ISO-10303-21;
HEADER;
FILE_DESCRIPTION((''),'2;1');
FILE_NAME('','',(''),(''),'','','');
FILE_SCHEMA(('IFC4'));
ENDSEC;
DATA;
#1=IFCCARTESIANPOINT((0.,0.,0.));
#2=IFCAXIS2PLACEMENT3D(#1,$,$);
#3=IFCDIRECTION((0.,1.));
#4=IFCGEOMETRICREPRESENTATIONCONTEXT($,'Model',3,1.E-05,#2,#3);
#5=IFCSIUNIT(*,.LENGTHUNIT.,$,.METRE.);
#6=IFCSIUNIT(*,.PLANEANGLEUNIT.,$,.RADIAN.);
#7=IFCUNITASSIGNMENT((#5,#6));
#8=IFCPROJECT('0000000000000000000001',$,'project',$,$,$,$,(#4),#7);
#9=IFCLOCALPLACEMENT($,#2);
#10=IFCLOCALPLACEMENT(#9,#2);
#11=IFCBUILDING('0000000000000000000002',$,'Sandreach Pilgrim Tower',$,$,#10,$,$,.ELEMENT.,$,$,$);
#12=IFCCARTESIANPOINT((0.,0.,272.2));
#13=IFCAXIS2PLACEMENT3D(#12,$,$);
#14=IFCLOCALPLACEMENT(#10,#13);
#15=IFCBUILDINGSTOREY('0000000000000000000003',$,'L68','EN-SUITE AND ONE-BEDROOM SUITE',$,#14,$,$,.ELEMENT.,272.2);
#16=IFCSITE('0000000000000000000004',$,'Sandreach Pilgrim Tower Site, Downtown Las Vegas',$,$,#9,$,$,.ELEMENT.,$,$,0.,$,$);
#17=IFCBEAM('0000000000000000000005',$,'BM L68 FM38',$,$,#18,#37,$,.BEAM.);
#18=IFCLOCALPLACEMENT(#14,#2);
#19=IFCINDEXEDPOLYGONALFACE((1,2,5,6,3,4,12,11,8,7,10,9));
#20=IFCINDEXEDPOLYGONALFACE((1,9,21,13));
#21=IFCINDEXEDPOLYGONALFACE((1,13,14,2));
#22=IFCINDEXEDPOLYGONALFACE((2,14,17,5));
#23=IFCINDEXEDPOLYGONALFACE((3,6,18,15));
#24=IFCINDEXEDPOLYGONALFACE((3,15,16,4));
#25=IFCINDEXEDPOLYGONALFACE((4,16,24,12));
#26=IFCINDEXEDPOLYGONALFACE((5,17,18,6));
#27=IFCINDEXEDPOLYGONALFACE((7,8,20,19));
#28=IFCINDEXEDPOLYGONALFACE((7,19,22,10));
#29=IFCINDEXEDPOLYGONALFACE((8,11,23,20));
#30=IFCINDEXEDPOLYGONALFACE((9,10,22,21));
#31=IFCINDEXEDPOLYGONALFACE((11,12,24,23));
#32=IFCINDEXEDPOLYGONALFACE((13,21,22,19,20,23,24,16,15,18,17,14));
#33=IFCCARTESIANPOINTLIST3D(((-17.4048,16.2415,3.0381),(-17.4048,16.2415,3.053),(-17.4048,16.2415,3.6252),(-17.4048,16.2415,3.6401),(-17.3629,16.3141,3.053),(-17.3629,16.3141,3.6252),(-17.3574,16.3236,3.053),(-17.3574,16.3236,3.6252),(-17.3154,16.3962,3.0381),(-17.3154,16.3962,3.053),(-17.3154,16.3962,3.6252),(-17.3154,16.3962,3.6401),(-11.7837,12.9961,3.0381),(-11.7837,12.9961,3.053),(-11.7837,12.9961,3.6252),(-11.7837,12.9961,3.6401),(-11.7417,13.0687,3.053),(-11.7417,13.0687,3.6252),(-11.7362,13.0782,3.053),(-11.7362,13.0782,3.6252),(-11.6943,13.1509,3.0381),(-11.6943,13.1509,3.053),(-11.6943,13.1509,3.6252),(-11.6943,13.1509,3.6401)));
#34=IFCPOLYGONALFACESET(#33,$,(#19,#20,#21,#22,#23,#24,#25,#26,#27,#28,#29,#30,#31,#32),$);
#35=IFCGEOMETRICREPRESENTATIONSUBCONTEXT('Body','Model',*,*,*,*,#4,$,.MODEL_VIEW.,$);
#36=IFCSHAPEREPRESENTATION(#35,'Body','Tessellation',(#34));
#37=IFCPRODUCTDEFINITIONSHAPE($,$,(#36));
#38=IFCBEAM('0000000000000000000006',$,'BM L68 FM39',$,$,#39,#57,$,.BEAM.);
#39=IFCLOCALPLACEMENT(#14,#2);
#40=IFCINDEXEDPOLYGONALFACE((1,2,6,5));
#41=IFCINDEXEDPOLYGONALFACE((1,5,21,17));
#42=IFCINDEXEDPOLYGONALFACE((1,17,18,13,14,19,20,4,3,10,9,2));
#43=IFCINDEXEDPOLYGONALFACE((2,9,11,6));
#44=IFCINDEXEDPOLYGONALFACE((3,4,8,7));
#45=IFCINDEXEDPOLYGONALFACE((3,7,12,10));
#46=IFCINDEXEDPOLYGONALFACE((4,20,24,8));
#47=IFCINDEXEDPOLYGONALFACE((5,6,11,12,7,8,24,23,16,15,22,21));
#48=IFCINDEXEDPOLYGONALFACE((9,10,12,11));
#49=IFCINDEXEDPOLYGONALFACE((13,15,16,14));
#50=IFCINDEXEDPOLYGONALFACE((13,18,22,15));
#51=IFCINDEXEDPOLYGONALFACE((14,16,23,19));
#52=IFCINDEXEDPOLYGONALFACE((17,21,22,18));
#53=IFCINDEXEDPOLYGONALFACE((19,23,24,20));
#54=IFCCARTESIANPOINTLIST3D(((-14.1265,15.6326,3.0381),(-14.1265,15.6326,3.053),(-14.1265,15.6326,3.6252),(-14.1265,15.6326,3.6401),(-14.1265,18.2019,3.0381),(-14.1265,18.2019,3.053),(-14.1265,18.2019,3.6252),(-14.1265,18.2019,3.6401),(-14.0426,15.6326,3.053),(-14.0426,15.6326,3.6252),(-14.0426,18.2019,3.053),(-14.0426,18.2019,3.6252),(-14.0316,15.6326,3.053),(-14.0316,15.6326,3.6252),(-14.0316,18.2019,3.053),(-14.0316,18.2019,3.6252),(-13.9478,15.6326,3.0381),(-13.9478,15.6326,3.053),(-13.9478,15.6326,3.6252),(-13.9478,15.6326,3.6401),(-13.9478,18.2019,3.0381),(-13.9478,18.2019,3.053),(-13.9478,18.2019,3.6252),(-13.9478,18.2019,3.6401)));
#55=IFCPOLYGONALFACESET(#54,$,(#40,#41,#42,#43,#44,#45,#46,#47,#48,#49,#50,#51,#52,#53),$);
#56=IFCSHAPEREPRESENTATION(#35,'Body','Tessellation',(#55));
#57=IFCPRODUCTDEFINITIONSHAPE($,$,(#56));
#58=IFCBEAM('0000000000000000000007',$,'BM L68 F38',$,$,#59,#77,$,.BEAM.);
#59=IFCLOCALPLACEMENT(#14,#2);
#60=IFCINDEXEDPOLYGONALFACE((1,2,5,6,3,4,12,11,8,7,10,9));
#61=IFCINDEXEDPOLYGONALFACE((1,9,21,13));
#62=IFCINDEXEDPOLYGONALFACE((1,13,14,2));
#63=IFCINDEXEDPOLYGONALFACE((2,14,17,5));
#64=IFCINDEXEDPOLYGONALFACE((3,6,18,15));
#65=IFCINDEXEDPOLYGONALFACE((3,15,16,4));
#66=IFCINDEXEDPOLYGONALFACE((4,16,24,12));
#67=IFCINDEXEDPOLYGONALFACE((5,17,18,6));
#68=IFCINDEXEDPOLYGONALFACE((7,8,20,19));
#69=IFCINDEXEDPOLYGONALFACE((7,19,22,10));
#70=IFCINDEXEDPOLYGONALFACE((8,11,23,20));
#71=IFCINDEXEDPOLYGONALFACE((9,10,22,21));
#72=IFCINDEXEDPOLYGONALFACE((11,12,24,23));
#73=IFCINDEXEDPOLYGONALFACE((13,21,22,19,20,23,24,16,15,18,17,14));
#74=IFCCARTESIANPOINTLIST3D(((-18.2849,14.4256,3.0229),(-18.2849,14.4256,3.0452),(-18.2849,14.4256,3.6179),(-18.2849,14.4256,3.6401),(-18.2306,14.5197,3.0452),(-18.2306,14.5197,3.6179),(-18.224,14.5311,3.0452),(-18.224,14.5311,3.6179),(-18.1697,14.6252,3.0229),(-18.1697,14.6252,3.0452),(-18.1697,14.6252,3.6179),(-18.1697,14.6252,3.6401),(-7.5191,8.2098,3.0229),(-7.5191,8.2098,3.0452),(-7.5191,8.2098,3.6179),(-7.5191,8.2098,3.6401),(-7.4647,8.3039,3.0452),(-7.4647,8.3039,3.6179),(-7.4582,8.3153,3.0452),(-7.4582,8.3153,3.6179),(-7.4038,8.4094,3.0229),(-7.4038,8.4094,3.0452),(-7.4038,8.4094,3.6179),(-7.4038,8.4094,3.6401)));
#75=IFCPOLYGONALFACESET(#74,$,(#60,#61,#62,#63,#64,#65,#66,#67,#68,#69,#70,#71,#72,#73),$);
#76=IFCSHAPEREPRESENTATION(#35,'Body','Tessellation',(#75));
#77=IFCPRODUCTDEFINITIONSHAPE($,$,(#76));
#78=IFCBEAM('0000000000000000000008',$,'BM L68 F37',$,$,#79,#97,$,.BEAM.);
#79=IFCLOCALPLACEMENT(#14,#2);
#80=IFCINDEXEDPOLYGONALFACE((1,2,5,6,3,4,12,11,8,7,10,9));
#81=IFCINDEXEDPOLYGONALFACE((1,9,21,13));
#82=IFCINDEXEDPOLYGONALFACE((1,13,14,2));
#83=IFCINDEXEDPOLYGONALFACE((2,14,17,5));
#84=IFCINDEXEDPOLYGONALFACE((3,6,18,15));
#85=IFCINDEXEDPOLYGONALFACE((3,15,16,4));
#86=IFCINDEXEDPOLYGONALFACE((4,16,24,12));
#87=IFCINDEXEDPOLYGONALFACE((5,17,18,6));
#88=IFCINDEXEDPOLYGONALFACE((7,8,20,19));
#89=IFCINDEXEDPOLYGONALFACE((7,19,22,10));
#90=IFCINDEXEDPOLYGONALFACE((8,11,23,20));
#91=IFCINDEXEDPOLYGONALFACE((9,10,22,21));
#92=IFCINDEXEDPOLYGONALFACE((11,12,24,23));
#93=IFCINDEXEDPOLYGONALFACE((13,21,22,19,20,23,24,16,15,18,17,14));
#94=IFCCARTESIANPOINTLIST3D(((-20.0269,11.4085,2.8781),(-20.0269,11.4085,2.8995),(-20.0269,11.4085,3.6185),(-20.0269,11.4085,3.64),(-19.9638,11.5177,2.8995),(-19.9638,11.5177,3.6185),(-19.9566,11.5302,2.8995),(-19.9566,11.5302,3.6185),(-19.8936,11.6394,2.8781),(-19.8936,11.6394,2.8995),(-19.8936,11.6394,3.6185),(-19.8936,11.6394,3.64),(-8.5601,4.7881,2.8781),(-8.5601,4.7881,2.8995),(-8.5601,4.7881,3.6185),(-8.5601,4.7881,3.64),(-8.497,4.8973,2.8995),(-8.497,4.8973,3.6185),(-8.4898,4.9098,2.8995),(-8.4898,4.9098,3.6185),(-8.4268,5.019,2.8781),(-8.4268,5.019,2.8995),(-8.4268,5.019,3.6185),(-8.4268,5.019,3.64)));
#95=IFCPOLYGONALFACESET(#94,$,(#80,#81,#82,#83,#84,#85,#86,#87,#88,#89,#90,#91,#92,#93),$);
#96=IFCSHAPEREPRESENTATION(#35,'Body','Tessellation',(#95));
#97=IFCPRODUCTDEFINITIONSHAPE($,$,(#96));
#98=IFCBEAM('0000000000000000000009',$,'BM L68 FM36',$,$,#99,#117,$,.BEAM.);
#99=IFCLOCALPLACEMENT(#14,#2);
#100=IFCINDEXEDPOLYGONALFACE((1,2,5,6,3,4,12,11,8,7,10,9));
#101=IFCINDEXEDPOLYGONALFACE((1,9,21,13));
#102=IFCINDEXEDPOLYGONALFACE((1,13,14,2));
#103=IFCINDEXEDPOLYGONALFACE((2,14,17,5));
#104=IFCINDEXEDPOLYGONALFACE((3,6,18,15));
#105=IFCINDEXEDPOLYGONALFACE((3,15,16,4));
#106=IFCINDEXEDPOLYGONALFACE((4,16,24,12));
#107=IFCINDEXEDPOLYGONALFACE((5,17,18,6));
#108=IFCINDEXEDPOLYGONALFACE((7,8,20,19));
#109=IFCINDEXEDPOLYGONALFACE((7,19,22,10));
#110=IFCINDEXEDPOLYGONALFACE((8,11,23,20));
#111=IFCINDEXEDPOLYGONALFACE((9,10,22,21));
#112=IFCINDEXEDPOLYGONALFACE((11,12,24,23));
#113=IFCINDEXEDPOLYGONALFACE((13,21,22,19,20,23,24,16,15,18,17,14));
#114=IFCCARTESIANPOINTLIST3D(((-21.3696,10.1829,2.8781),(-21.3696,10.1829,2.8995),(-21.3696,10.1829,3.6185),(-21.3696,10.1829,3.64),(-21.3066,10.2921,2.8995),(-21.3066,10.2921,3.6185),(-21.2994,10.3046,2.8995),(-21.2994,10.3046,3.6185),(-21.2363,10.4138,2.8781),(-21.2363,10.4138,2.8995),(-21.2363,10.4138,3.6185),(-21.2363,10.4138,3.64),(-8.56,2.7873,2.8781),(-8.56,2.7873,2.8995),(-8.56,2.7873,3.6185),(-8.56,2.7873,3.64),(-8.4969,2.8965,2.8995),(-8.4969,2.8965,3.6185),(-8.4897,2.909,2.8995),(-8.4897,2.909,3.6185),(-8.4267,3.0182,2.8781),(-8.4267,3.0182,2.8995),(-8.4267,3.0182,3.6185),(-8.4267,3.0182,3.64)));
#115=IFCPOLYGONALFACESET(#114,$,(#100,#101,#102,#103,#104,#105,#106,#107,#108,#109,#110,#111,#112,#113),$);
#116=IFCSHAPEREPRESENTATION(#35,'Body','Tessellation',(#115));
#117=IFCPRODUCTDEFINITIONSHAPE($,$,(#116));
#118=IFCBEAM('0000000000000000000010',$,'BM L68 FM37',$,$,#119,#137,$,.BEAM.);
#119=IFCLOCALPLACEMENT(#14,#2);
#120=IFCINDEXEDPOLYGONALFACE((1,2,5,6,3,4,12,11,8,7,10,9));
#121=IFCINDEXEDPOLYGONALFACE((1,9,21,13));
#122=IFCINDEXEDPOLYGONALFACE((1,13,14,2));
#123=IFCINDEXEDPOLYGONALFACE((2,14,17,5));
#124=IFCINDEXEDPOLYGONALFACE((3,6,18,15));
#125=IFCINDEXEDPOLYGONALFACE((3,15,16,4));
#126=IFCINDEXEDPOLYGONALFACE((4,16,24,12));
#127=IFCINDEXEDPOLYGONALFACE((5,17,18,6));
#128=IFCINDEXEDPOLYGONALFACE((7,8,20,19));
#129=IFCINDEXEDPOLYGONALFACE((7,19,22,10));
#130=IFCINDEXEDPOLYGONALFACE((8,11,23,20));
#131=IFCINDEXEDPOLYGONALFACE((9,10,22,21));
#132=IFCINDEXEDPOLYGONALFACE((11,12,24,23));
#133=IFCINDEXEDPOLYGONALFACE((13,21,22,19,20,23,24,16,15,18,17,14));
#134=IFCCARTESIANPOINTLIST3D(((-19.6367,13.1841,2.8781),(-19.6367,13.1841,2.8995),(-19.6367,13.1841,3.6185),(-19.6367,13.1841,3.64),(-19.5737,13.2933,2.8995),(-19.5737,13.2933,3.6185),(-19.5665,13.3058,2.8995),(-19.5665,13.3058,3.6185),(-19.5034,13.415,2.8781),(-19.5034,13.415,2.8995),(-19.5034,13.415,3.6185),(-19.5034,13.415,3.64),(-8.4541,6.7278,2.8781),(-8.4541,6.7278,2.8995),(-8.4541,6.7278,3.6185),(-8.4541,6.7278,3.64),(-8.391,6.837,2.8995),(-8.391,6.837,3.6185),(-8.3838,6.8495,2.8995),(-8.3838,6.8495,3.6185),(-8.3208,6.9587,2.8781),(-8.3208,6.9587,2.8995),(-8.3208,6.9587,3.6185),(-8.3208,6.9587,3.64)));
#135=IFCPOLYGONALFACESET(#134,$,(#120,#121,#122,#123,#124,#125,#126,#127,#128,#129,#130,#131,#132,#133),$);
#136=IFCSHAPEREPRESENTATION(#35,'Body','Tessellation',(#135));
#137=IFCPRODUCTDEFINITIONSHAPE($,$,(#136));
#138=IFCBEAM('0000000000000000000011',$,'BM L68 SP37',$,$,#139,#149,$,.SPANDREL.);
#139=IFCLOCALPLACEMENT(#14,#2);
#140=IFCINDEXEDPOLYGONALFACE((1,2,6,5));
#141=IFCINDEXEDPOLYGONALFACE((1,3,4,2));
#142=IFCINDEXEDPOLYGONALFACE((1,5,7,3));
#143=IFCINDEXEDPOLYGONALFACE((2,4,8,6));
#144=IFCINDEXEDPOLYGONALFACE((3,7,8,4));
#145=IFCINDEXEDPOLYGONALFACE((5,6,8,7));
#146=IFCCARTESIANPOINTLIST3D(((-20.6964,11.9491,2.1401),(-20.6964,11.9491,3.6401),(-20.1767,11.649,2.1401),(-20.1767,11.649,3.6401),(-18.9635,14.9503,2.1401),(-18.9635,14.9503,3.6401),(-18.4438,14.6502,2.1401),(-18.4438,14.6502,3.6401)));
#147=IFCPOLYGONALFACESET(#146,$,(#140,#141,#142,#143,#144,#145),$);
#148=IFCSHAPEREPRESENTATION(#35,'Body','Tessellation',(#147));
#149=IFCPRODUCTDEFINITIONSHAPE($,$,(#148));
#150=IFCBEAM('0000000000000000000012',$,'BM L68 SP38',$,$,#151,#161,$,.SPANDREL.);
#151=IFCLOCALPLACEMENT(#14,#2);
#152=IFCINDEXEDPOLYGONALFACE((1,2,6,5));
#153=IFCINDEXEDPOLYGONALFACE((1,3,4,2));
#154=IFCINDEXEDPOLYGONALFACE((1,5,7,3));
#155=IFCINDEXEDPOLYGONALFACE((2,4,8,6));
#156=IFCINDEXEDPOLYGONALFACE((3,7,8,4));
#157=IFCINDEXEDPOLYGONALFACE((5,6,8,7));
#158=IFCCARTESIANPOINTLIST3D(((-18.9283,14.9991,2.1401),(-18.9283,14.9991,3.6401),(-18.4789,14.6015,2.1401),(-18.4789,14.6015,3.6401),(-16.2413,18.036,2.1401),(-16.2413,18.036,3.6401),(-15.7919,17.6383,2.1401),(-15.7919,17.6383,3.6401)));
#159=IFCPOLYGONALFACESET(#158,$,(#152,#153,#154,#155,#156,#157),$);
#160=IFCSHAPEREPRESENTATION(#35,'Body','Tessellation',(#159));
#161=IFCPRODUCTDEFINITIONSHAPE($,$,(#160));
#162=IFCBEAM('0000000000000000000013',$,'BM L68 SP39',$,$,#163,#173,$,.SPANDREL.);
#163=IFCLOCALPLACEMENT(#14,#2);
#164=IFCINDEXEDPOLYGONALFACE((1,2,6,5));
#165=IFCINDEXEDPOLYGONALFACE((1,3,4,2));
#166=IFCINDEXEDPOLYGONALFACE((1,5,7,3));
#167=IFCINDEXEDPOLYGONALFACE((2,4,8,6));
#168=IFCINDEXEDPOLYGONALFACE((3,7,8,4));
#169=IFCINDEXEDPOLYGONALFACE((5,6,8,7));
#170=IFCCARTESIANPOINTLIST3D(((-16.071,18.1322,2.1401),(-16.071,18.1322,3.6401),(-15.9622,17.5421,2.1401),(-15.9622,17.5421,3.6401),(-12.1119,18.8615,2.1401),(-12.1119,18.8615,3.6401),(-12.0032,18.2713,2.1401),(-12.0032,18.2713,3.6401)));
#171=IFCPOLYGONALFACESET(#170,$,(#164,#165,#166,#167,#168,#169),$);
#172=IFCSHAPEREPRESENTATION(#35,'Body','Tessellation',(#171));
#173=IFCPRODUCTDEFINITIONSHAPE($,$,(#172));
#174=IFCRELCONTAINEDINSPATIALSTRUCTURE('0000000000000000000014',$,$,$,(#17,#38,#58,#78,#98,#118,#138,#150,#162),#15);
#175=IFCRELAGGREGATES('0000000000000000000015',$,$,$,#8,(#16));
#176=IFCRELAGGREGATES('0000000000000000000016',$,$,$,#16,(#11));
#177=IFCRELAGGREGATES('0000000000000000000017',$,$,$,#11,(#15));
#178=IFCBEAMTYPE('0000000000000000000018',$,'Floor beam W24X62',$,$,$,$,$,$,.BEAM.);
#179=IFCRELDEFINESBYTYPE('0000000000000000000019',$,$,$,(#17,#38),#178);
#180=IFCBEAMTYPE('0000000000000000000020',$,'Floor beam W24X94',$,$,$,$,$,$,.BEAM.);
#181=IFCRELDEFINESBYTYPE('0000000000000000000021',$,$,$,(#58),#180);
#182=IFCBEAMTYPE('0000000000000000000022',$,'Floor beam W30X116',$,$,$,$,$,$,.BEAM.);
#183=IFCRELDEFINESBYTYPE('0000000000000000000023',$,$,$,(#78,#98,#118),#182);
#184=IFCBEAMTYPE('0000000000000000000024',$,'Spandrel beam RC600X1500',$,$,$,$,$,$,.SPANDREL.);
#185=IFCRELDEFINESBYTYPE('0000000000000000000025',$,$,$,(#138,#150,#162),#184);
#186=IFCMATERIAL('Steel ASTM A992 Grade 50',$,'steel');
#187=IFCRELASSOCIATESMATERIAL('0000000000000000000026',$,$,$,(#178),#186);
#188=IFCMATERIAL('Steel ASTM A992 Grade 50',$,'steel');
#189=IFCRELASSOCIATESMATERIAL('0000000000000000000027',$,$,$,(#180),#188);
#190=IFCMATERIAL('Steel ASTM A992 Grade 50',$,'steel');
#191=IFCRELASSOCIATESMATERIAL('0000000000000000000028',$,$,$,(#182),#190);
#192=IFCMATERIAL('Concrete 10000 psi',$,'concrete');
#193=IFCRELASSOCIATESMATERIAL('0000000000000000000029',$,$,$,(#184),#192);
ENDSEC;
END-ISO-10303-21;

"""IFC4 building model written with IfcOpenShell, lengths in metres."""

from ifc_helpers import new_model, si_unit, direction, frame, origin, origin_2d, place, context, subcontext, project, spatial, rectangle, i_section, extrude, material, material_profile, profile_set, type_object, element, save


model = new_model("IFC4")

# Units and contexts
model_context = context("Model", 3, precision=1e-05, world=origin(), true_north=direction((0.0, 1.0)))
body_context = subcontext(model_context, "Body", "Model", "MODEL_VIEW")
ifc_project = project(units=[si_unit("LENGTHUNIT", "METRE"), si_unit("PLANEANGLEUNIT", "RADIAN")], contexts=[model_context])

# Site, building, storey
site_placement = place(None, origin())
site = spatial("IfcSite", under=ifc_project, at=site_placement, Name="Sandreach Pilgrim Tower Site, Downtown Las Vegas", CompositionType="ELEMENT", RefElevation=0.0)
building_placement = place(site_placement, origin())
building = spatial("IfcBuilding", under=site, at=building_placement, Name="Sandreach Pilgrim Tower", CompositionType="ELEMENT")
storey_placement = place(building_placement, frame((0.0, 0.0, 272.2)))
storey = spatial("IfcBuildingStorey", under=building, at=storey_placement, Name="L68", Description="EN-SUITE AND ONE-BEDROOM SUITE", CompositionType="ELEMENT", Elevation=272.2)

# Beams
ifc_material_1 = material(Name="Steel ASTM A992 Grade 50", Category="steel")
ifc_material_profile_1 = material_profile(ifc_material_1, i_section(OverallWidth=0.1787, OverallDepth=0.6021, WebThickness=0.011, FlangeThickness=0.0149, at=origin_2d()), Name="W24X62")
ifc_profile_set_1 = profile_set([ifc_material_profile_1], Name="Steel ASTM A992 Grade 50")
beam_type_1 = type_object("IfcBeamType", Name="Floor beam W24X62", PredefinedType="BEAM", material=ifc_profile_set_1)
beam_1_placement = place(storey_placement, frame((-17.3601, 16.3188, 3.3391), z_axis=(0.866024, -0.500002, 0.0), x_axis=(0.500002, 0.866024, 0.0)))
element("IfcBeam", 1, at=beam_1_placement, inside=storey, type_object=beam_type_1, Name="BM L68 FM38", PredefinedType="BEAM", context=body_context, shape_type="SweptSolid", body=[
    extrude(i_section(OverallWidth=0.1787, OverallDepth=0.6021, WebThickness=0.011, FlangeThickness=0.0149, at=origin_2d()), origin(), (0.0, 0.0, 1.0), 6.4907),
])
beam_2_placement = place(storey_placement, frame((-14.0371, 18.2019, 3.3391), z_axis=(0.0, -1.0, 0.0), x_axis=(1.0, 0.0, 0.0)))
element("IfcBeam", 2, at=beam_2_placement, inside=storey, type_object=beam_type_1, Name="BM L68 FM39", PredefinedType="BEAM", context=body_context, shape_type="SweptSolid", body=[
    extrude(i_section(OverallWidth=0.1787, OverallDepth=0.6021, WebThickness=0.011, FlangeThickness=0.0149, at=origin_2d()), origin(), (0.0, 0.0, 1.0), 2.5693),
])
ifc_material_2 = material(Name="Steel ASTM A992 Grade 50", Category="steel")
ifc_material_profile_2 = material_profile(ifc_material_2, i_section(OverallWidth=0.2305, OverallDepth=0.6172, WebThickness=0.0132, FlangeThickness=0.0222, at=origin_2d()), Name="W24X94")
ifc_profile_set_2 = profile_set([ifc_material_profile_2], Name="Steel ASTM A992 Grade 50")
beam_type_2 = type_object("IfcBeamType", Name="Floor beam W24X94", PredefinedType="BEAM", material=ifc_profile_set_2)
beam_3_placement = place(storey_placement, frame((-18.2273, 14.5254, 3.3315), z_axis=(0.86602, -0.500009, 0.0), x_axis=(0.500009, 0.86602, 0.0)))
element("IfcBeam", 3, at=beam_3_placement, inside=storey, type_object=beam_type_2, Name="BM L68 F38", PredefinedType="BEAM", context=body_context, shape_type="SweptSolid", body=[
    extrude(i_section(OverallWidth=0.2305, OverallDepth=0.6172, WebThickness=0.0132, FlangeThickness=0.0222, at=origin_2d()), origin(), (0.0, 0.0, 1.0), 12.4314),
])
ifc_material_3 = material(Name="Steel ASTM A992 Grade 50", Category="steel")
ifc_material_profile_3 = material_profile(ifc_material_3, i_section(OverallWidth=0.2666, OverallDepth=0.762, WebThickness=0.0144, FlangeThickness=0.0215, at=origin_2d()), Name="W30X116")
ifc_profile_set_3 = profile_set([ifc_material_profile_3], Name="Steel ASTM A992 Grade 50")
beam_type_3 = type_object("IfcBeamType", Name="Floor beam W30X116", PredefinedType="BEAM", material=ifc_profile_set_3)
beam_4_placement = place(storey_placement, frame((-19.9602, 11.5239, 3.259), z_axis=(0.866025, -0.5, 0.0), x_axis=(0.5, 0.866025, 0.0)))
element("IfcBeam", 4, at=beam_4_placement, inside=storey, type_object=beam_type_3, Name="BM L68 F37", PredefinedType="BEAM", context=body_context, shape_type="SweptSolid", body=[
    extrude(i_section(OverallWidth=0.2666, OverallDepth=0.762, WebThickness=0.0144, FlangeThickness=0.0215, at=origin_2d()), origin(), (0.0, 0.0, 1.0), 13.2407),
])
beam_5_placement = place(storey_placement, frame((-21.303, 10.2983, 3.259), z_axis=(0.866028, -0.499995, 0.0), x_axis=(0.499995, 0.866028, 0.0)))
element("IfcBeam", 5, at=beam_5_placement, inside=storey, type_object=beam_type_3, Name="BM L68 FM36", PredefinedType="BEAM", context=body_context, shape_type="SweptSolid", body=[
    extrude(i_section(OverallWidth=0.2666, OverallDepth=0.762, WebThickness=0.0144, FlangeThickness=0.0215, at=origin_2d()), origin(), (0.0, 0.0, 1.0), 14.7913),
])
beam_6_placement = place(storey_placement, frame((-19.5701, 13.2996, 3.259), z_axis=(0.866025, -0.500001, 0.0), x_axis=(0.500001, 0.866025, 0.0)))
element("IfcBeam", 6, at=beam_6_placement, inside=storey, type_object=beam_type_3, Name="BM L68 FM37", PredefinedType="BEAM", context=body_context, shape_type="SweptSolid", body=[
    extrude(i_section(OverallWidth=0.2666, OverallDepth=0.762, WebThickness=0.0144, FlangeThickness=0.0215, at=origin_2d()), origin(), (0.0, 0.0, 1.0), 12.9126),
])
ifc_material_4 = material(Name="Concrete 10000 psi", Category="concrete")
ifc_material_profile_4 = material_profile(ifc_material_4, rectangle(XDim=0.6001, YDim=1.5, at=origin_2d()), Name="RC600X1500")
ifc_profile_set_4 = profile_set([ifc_material_profile_4], Name="Concrete 10000 psi")
beam_type_4 = type_object("IfcBeamType", Name="Spandrel beam RC600X1500", PredefinedType="SPANDREL", material=ifc_profile_set_4)
beam_7_placement = place(storey_placement, frame((-20.4365, 11.7991, 2.8901), z_axis=(0.500033, 0.866006, 0.0), x_axis=(-0.866006, 0.500033, 0.0)))
element("IfcBeam", 7, at=beam_7_placement, inside=storey, type_object=beam_type_4, Name="BM L68 SP37", PredefinedType="SPANDREL", context=body_context, shape_type="SweptSolid", body=[
    extrude(rectangle(XDim=0.6001, YDim=1.5, at=origin_2d()), origin(), (0.0, 0.0, 1.0), 3.4656),
])
beam_8_placement = place(storey_placement, frame((-18.7036, 14.8003, 2.8901), z_axis=(0.662651, 0.748929, 0.0), x_axis=(-0.748929, 0.662651, 0.0)))
element("IfcBeam", 8, at=beam_8_placement, inside=storey, type_object=beam_type_4, Name="BM L68 SP38", PredefinedType="SPANDREL", context=body_context, shape_type="SweptSolid", body=[
    extrude(rectangle(XDim=0.6001, YDim=1.5, at=origin_2d()), origin(), (0.0, 0.0, 1.0), 4.0549),
])
beam_9_placement = place(storey_placement, frame((-16.0166, 17.8372, 2.8901), z_axis=(0.983455, 0.181153, 0.0), x_axis=(-0.181153, 0.983455, 0.0)))
element("IfcBeam", 9, at=beam_9_placement, inside=storey, type_object=beam_type_4, Name="BM L68 SP39", PredefinedType="SPANDREL", context=body_context, shape_type="SweptSolid", body=[
    extrude(rectangle(XDim=0.6001, YDim=1.5, at=origin_2d()), origin(), (0.0, 0.0, 1.0), 4.0256),
])

save(model, "model.ifc")
